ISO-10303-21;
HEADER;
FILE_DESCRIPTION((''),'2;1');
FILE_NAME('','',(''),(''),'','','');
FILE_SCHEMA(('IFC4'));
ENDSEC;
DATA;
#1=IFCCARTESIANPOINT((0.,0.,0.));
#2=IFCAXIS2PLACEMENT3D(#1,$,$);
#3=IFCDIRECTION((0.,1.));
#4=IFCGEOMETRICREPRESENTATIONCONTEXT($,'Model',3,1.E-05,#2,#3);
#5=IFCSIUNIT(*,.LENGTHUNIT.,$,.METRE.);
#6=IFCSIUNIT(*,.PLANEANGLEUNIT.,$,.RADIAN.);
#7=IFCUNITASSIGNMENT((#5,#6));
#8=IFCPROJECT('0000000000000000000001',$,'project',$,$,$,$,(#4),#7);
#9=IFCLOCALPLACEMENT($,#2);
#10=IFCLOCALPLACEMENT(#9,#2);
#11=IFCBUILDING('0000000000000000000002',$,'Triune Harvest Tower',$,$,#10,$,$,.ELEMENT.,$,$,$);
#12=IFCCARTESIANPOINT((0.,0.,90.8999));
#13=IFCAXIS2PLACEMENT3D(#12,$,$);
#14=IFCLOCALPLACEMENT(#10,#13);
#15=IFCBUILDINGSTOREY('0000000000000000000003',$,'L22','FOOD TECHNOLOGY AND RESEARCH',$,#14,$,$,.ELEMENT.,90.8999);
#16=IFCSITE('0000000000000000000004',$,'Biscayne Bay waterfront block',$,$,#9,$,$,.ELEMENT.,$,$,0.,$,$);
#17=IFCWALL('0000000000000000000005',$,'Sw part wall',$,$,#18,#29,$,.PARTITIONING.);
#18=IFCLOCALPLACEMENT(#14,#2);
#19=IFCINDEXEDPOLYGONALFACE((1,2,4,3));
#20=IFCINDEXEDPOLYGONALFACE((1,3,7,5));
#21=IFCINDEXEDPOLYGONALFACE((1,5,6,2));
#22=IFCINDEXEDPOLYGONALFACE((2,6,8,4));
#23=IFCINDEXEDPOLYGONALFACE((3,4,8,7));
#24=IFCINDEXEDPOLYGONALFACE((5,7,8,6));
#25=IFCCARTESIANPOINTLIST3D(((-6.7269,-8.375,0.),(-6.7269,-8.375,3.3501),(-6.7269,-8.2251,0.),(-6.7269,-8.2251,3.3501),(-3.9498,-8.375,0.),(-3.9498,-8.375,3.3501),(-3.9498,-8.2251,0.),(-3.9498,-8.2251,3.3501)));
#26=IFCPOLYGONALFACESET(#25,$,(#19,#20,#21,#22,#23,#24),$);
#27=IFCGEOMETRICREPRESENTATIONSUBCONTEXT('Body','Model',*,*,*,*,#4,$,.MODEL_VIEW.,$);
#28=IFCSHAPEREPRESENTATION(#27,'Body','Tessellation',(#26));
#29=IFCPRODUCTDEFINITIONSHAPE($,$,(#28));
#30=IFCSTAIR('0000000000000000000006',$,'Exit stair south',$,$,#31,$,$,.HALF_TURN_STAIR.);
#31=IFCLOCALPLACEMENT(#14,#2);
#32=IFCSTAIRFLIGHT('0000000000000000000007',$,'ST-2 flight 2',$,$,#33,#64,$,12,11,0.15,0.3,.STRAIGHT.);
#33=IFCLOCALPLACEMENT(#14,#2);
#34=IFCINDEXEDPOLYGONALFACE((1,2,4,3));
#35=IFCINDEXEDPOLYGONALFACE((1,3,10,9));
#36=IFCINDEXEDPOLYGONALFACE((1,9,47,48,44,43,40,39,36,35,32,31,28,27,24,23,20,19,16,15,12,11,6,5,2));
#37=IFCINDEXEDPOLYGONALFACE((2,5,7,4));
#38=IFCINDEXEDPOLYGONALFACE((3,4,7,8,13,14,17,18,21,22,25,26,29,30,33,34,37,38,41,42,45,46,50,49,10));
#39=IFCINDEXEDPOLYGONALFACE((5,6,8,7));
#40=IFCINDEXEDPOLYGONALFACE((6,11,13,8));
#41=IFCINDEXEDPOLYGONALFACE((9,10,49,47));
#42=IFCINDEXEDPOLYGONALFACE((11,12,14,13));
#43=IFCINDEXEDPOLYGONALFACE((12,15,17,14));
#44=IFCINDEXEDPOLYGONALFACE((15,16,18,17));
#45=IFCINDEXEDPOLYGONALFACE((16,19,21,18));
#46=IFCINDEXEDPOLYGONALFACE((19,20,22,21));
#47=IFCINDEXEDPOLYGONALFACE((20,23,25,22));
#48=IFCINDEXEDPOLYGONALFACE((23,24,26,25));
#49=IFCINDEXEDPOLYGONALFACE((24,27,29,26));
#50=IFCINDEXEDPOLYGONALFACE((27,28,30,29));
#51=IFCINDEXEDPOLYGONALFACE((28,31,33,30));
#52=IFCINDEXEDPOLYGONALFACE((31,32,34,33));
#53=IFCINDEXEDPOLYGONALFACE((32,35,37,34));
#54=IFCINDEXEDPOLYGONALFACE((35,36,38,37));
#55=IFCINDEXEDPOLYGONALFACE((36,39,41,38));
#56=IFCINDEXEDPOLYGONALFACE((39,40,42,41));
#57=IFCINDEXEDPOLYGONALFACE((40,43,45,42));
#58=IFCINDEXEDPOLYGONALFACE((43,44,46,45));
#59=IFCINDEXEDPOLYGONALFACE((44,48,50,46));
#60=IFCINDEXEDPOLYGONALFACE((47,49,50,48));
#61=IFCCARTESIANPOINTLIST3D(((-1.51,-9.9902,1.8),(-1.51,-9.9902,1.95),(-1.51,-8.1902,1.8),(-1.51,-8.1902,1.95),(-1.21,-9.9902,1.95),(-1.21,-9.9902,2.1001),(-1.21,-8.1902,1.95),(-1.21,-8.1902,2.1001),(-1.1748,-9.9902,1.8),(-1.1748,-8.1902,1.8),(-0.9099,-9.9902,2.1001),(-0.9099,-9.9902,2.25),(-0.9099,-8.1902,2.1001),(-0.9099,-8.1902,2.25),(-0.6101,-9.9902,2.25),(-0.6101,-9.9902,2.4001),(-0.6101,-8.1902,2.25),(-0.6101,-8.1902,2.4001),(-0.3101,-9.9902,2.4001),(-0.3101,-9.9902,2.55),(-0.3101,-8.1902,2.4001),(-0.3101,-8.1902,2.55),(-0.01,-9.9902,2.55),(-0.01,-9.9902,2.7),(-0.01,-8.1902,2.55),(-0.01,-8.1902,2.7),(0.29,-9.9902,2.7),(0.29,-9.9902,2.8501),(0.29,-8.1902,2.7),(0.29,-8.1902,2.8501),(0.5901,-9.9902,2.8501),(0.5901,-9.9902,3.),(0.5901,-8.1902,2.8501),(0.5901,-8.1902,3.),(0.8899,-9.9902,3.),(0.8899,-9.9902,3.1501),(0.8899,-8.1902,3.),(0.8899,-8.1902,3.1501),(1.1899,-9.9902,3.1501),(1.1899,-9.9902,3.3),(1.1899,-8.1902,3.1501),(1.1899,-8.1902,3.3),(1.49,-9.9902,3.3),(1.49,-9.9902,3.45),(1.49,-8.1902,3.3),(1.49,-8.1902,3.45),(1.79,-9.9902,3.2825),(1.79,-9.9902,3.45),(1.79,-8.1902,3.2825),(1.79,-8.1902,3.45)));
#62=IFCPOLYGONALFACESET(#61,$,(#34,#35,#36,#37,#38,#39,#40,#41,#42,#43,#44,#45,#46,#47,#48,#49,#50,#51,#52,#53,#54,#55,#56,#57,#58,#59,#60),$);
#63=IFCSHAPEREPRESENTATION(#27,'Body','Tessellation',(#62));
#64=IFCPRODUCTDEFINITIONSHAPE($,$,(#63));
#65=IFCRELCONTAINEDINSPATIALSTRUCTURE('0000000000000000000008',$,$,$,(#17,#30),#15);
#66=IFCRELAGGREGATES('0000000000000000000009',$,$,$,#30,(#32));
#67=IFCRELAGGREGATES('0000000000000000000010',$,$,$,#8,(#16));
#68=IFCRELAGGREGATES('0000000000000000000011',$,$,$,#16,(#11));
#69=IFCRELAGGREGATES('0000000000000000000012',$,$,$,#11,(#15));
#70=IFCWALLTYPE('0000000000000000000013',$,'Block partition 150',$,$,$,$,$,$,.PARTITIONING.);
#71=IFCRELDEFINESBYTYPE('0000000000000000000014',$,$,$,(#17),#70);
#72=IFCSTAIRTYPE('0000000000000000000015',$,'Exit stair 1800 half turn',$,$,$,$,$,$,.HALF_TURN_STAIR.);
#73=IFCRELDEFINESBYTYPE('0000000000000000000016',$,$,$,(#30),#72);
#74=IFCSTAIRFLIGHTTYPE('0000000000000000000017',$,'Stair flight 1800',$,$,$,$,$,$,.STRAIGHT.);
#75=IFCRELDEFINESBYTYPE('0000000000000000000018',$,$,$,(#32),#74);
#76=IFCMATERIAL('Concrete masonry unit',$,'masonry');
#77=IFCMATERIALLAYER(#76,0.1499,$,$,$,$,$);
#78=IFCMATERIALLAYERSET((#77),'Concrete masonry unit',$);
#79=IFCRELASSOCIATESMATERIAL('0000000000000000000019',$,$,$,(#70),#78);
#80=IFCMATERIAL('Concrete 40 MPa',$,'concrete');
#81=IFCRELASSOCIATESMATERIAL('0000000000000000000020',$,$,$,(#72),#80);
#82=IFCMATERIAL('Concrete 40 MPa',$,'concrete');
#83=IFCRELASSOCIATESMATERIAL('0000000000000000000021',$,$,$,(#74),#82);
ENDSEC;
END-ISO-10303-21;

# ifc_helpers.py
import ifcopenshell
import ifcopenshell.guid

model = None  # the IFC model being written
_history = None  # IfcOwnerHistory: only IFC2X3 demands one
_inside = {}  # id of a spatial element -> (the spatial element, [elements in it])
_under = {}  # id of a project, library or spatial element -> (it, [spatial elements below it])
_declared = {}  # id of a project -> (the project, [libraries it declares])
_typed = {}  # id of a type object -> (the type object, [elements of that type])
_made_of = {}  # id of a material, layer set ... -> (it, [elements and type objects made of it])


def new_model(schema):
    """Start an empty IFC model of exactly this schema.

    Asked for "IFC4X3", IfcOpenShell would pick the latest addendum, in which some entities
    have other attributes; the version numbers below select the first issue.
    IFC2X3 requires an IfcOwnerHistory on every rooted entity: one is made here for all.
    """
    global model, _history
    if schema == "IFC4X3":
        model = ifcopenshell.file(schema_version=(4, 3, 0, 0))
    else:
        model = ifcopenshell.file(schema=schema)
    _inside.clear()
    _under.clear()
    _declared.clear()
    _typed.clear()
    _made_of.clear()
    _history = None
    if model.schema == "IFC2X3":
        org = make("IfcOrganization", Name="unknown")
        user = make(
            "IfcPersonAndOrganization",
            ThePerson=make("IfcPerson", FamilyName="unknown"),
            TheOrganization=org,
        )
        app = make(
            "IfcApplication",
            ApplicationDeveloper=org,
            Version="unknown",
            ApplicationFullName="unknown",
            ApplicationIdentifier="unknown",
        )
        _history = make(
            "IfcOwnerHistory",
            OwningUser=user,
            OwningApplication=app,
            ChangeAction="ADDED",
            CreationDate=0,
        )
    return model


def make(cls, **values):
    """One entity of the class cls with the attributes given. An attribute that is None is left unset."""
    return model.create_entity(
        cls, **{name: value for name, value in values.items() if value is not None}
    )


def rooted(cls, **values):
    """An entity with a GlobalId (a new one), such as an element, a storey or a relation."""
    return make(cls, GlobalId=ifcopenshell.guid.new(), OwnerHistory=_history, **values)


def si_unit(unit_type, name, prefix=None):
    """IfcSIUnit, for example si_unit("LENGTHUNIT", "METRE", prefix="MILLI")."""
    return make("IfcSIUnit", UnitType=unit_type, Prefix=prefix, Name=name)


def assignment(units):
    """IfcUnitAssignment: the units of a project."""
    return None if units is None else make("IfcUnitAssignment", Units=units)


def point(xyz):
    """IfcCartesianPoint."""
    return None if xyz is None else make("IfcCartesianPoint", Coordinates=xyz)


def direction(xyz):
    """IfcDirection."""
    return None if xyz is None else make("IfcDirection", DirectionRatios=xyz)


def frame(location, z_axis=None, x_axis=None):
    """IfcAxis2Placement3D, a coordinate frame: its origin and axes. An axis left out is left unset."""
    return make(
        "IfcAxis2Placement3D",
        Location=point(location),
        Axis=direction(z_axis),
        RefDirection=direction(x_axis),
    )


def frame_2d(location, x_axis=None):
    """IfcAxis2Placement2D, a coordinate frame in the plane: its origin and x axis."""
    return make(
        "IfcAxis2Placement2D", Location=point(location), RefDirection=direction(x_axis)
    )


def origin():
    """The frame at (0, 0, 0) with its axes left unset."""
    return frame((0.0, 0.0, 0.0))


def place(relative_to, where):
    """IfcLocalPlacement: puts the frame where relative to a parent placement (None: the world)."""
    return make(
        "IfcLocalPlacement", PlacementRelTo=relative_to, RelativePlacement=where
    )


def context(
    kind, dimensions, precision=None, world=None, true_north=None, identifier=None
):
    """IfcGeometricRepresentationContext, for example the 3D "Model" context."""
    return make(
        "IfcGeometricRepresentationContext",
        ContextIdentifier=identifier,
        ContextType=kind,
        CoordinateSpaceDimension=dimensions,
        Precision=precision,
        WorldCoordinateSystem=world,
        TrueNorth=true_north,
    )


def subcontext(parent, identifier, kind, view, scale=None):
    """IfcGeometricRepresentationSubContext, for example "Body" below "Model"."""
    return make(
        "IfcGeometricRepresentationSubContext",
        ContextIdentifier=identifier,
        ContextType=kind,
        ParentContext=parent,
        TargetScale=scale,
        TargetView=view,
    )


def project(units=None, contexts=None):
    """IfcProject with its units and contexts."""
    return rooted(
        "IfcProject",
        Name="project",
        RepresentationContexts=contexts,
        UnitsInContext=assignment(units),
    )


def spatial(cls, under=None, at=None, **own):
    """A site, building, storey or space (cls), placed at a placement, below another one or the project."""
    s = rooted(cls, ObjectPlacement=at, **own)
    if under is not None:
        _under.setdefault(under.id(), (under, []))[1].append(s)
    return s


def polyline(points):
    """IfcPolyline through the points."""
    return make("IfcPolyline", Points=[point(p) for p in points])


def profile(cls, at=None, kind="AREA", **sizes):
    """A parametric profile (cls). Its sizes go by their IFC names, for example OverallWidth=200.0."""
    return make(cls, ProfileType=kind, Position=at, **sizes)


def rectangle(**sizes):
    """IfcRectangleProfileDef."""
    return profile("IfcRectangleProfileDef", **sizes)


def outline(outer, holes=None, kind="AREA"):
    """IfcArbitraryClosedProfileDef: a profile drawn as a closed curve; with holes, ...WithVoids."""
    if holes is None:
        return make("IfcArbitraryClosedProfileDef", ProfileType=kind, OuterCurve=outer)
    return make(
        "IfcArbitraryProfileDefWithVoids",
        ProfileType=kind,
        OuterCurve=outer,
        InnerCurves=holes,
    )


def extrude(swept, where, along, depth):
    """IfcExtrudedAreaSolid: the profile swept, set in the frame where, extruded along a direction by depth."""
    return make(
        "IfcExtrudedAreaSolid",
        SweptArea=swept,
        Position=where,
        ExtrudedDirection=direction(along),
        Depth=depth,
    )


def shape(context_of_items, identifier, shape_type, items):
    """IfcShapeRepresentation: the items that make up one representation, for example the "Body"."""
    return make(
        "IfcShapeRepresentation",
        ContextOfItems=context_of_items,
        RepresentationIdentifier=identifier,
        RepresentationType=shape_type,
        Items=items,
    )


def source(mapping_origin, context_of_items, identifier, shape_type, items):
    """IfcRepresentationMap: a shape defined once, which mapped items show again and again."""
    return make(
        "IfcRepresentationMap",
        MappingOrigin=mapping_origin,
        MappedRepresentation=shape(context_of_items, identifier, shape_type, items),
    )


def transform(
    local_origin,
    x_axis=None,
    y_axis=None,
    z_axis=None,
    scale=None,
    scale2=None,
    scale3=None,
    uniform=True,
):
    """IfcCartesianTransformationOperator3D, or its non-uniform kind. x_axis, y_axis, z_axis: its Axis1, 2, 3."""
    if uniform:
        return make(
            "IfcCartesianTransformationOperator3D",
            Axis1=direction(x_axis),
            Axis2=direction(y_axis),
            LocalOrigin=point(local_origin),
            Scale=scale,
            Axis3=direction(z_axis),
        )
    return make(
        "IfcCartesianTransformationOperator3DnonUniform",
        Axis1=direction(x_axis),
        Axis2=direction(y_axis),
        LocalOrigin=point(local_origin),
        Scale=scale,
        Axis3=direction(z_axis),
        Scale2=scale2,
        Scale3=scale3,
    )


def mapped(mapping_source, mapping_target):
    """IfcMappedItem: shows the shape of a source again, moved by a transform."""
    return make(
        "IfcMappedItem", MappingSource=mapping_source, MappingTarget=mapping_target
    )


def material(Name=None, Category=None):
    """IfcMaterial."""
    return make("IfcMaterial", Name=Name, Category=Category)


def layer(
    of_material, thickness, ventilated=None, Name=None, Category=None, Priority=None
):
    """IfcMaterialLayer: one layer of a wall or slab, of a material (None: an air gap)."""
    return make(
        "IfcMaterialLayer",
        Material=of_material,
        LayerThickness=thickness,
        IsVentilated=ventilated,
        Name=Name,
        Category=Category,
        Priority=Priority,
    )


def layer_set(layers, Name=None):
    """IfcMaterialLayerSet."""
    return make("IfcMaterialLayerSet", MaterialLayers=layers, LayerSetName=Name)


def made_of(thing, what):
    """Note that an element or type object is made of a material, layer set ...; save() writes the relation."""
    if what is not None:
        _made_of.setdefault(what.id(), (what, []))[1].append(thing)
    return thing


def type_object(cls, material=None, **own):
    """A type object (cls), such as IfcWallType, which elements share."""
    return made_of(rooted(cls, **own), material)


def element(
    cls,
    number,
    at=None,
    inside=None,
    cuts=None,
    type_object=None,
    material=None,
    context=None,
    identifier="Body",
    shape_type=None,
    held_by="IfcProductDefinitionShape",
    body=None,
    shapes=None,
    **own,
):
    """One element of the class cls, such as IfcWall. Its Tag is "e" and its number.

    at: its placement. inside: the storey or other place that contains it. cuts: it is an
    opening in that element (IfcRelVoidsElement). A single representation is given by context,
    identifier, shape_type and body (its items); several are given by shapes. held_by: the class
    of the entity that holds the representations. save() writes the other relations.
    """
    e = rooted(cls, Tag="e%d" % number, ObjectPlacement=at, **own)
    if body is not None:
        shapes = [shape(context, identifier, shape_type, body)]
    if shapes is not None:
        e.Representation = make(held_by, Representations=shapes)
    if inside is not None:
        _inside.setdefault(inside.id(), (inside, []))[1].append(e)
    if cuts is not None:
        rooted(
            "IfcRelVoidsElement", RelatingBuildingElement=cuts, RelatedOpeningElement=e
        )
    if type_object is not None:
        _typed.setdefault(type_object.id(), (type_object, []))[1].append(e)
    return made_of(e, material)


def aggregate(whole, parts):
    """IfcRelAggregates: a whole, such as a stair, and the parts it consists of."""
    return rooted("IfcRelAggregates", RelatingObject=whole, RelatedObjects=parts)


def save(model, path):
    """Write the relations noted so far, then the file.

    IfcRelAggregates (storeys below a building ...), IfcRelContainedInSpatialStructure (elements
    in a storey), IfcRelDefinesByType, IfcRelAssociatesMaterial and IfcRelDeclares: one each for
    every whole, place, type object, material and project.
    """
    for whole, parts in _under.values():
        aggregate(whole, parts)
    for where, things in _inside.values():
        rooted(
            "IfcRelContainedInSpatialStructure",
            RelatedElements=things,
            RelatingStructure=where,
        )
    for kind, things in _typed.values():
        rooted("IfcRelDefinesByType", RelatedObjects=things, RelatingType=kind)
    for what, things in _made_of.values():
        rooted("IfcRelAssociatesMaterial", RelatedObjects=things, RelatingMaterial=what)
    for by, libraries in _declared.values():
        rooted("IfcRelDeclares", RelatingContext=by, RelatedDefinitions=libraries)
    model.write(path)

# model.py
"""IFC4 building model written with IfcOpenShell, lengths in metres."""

from ifc_helpers import new_model, si_unit, direction, frame, frame_2d, origin, place, context, subcontext, project, spatial, polyline, rectangle, outline, extrude, source, transform, mapped, material, layer, layer_set, type_object, element, aggregate, save


model = new_model("IFC4")

# Units and contexts
model_context = context("Model", 3, precision=1e-05, world=origin(), true_north=direction((0.0, 1.0)))
body_context = subcontext(model_context, "Body", "Model", "MODEL_VIEW")
ifc_project = project(units=[si_unit("LENGTHUNIT", "METRE"), si_unit("PLANEANGLEUNIT", "RADIAN")], contexts=[model_context])

# Site, building, storey
site_placement = place(None, origin())
site = spatial("IfcSite", under=ifc_project, at=site_placement, Name="Biscayne Bay waterfront block", CompositionType="ELEMENT", RefElevation=0.0)
building_placement = place(site_placement, origin())
building = spatial("IfcBuilding", under=site, at=building_placement, Name="Triune Harvest Tower", CompositionType="ELEMENT")
storey_placement = place(building_placement, frame((0.0, 0.0, 90.8999)))
storey = spatial("IfcBuildingStorey", under=building, at=storey_placement, Name="L22", Description="FOOD TECHNOLOGY AND RESEARCH", CompositionType="ELEMENT", Elevation=90.8999)

# Wall
ifc_material_1 = material(Name="Concrete masonry unit", Category="masonry")
ifc_layer_1 = layer(ifc_material_1, 0.1499)
ifc_layer_set_1 = layer_set([ifc_layer_1], Name="Concrete masonry unit")
wall_type_1 = type_object("IfcWallType", Name="Block partition 150", PredefinedType="PARTITIONING", material=ifc_layer_set_1)
shared_shape_1 = source(origin(), body_context, "Body", "SweptSolid", [
    extrude(rectangle(XDim=2.7771, YDim=0.1499, at=frame_2d((1.3887, 0.0))), origin(), (0.0, 0.0, 1.0), 3.3501),
])
wall_1_placement = place(storey_placement, frame((-6.7271, -8.3, 0.0), z_axis=(0.0, 0.0, 1.0), x_axis=(1.0, 0.0, 0.0)))
element("IfcWall", 1, at=wall_1_placement, inside=storey, type_object=wall_type_1, Name="Sw part wall", PredefinedType="PARTITIONING", context=body_context, shape_type="MappedRepresentation", body=[
    mapped(shared_shape_1, transform((0.0, 0.0, 0.0), scale=1.0)),
])

# Stair, stair flight
ifc_material_2 = material(Name="Concrete 40 MPa", Category="concrete")
stair_type = type_object("IfcStairType", Name="Exit stair 1800 half turn", PredefinedType="HALF_TURN_STAIR", material=ifc_material_2)
stair_placement = place(storey_placement, origin())
stair = element("IfcStair", 2, at=stair_placement, inside=storey, type_object=stair_type, Name="Exit stair south", PredefinedType="HALF_TURN_STAIR")
ifc_material_3 = material(Name="Concrete 40 MPa", Category="concrete")
stair_flight_type = type_object("IfcStairFlightType", Name="Stair flight 1800", PredefinedType="STRAIGHT", material=ifc_material_3)
shared_shape_2 = source(origin(), body_context, "Body", "SweptSolid", [
    extrude(outline(polyline([(0.0, 0.0), (0.0, 0.1499), (0.3, 0.1499), (0.3, 0.3), (0.6001, 0.3), (0.6001, 0.45), (0.8999, 0.45), (0.8999, 0.6001), (1.2, 0.6001), (1.2, 0.75), (1.5, 0.75), (1.5, 0.8999), (1.8, 0.8999), (1.8, 1.05), (2.1001, 1.05), (2.1001, 1.2), (2.3999, 1.2), (2.3999, 1.3501), (2.7, 1.3501), (2.7, 1.5), (3.0, 1.5), (3.0, 1.6499), (3.3, 1.6499), (3.3, 1.8), (3.3, 1.4824), (0.3352, 0.0), (0.0, 0.0)])), frame((0.0, 0.8999, 0.0), z_axis=(0.0, -1.0, 0.0), x_axis=(1.0, 0.0, 0.0)), (0.0, 0.0, 1.0), 1.8),
])
stair_flight_placement = place(storey_placement, frame((-1.51, -9.0901, 1.8), z_axis=(0.0, 0.0, 1.0), x_axis=(1.0, 0.0, 0.0)))
stair_flight = element("IfcStairFlight", 3, at=stair_flight_placement, type_object=stair_flight_type, Name="ST-2 flight 2", NumberOfRisers=12, NumberOfTreads=11, PredefinedType="STRAIGHT", RiserHeight=0.15, TreadLength=0.3, context=body_context, shape_type="MappedRepresentation", body=[
    mapped(shared_shape_2, transform((0.0, 0.0, 0.0), scale=1.0)),
])
aggregate(stair, [stair_flight])

save(model, "model.ifc")
